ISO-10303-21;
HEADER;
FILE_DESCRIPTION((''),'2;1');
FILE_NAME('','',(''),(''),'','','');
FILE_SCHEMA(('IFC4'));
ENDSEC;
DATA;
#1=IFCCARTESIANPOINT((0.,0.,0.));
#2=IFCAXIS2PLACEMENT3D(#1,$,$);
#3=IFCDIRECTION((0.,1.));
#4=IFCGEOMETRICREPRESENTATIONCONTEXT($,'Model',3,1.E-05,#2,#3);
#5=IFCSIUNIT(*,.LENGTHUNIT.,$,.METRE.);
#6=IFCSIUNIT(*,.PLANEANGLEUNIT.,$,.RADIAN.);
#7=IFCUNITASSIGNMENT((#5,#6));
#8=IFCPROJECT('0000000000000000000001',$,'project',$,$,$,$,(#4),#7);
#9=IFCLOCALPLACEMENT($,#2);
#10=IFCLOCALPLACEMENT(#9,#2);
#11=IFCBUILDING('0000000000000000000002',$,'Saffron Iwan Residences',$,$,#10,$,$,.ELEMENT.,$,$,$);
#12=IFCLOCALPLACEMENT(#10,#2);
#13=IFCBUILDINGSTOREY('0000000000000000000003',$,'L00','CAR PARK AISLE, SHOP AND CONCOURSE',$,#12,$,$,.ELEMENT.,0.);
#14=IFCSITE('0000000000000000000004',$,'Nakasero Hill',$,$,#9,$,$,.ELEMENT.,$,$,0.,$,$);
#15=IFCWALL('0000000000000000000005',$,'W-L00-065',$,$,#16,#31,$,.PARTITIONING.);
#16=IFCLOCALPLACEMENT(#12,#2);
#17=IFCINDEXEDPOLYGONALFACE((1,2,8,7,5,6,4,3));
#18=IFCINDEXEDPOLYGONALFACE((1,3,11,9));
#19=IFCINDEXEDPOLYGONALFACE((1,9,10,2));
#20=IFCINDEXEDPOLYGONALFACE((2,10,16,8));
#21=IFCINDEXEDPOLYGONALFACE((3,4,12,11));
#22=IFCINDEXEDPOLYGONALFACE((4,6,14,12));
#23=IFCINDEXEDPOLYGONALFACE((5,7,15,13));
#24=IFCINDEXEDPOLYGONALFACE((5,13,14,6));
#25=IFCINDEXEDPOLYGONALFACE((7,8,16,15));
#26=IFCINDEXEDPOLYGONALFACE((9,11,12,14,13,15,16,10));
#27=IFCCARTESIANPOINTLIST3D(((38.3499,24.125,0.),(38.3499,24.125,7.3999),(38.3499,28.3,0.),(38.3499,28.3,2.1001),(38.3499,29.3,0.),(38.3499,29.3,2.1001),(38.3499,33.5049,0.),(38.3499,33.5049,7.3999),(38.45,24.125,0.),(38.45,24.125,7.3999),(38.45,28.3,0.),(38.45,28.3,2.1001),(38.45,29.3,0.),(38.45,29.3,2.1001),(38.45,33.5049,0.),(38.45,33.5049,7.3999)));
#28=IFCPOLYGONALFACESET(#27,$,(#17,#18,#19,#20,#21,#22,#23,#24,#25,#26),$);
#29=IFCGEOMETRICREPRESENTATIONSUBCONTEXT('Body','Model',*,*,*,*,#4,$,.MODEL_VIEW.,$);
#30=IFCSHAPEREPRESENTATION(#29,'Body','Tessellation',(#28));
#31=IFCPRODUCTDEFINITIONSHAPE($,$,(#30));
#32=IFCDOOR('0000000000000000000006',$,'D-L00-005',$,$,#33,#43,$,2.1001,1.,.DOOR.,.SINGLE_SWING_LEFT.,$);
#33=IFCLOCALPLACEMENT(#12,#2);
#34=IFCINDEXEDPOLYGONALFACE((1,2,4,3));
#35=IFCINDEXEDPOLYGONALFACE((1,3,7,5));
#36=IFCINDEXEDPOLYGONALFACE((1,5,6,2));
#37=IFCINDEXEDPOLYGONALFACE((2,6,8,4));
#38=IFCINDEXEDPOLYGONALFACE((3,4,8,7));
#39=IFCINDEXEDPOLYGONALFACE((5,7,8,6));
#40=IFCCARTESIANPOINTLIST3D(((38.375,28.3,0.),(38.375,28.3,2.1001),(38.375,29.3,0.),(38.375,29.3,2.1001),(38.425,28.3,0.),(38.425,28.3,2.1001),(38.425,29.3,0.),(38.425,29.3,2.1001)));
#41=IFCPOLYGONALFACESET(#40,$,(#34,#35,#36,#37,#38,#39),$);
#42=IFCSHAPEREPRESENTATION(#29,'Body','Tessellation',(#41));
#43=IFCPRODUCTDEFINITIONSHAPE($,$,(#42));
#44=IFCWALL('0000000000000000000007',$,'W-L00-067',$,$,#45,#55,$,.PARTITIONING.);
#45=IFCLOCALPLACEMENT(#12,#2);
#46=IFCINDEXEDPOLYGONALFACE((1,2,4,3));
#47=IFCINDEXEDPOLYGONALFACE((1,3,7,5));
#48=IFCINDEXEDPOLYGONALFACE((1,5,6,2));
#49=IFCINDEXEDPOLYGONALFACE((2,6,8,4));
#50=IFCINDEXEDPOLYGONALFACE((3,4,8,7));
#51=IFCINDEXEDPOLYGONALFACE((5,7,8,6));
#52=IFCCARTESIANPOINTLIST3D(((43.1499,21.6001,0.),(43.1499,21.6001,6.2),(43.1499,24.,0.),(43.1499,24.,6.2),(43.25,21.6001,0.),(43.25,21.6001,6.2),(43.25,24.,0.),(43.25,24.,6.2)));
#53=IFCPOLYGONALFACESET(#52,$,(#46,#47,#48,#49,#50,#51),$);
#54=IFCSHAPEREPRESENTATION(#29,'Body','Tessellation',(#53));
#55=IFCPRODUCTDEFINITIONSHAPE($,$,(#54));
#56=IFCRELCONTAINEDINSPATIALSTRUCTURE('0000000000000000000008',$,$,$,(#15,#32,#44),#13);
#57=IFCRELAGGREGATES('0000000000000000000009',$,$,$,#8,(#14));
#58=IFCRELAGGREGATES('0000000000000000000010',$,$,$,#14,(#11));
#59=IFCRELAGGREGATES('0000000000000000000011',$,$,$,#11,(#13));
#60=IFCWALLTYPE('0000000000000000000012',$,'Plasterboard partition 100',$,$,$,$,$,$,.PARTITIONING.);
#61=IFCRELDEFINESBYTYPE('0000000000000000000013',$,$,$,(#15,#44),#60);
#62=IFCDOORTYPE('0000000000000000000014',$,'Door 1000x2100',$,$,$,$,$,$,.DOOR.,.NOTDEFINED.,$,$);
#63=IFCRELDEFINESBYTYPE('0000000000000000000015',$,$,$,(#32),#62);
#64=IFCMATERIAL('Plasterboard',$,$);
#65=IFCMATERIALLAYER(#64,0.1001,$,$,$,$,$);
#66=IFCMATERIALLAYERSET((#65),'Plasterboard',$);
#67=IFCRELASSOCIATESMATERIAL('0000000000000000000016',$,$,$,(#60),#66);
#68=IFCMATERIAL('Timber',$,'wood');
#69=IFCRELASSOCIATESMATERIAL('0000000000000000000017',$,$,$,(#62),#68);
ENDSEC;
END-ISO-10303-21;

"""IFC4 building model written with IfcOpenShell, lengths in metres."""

from ifc_helpers import new_model, si_unit, direction, frame, frame_2d, origin, place, context, subcontext, project, spatial, rectangle, extrude, material, layer, layer_set, type_object, element, fill, save


model = new_model("IFC4")

# Units and contexts
model_context = context("Model", 3, precision=1e-05, world=origin(), true_north=direction((0.0, 1.0)))
body_context = subcontext(model_context, "Body", "Model", "MODEL_VIEW")
ifc_project = project(units=[si_unit("LENGTHUNIT", "METRE"), si_unit("PLANEANGLEUNIT", "RADIAN")], contexts=[model_context])

# Site, building, storey
site_placement = place(None, origin())
site = spatial("IfcSite", under=ifc_project, at=site_placement, Name="Nakasero Hill", CompositionType="ELEMENT", RefElevation=0.0)
building_placement = place(site_placement, origin())
building = spatial("IfcBuilding", under=site, at=building_placement, Name="Saffron Iwan Residences", CompositionType="ELEMENT")
storey_placement = place(building_placement, origin())
storey = spatial("IfcBuildingStorey", under=building, at=storey_placement, Name="L00", Description="CAR PARK AISLE, SHOP AND CONCOURSE", CompositionType="ELEMENT", Elevation=0.0)

# Shared definitions
ifc_material_1 = material(Name="Plasterboard")
ifc_layer_1 = layer(ifc_material_1, 0.1001)
ifc_layer_set_1 = layer_set([ifc_layer_1], Name="Plasterboard")
wall_type_1 = type_object("IfcWallType", Name="Plasterboard partition 100", PredefinedType="PARTITIONING", material=ifc_layer_set_1)
ifc_material_2 = material(Name="Timber", Category="wood")
door_type_1 = type_object("IfcDoorType", Name="Door 1000x2100", OperationType="NOTDEFINED", PredefinedType="DOOR", material=ifc_material_2)

# Wall, opening, door
wall_1_placement = place(storey_placement, frame((38.3999, 24.125, 0.0), z_axis=(0.0, 0.0, 1.0), x_axis=(0.0, 1.0, 0.0)))
wall_1 = element("IfcWall", 1, at=wall_1_placement, inside=storey, type_object=wall_type_1, Name="W-L00-065", PredefinedType="PARTITIONING", context=body_context, shape_type="SweptSolid", body=[
    extrude(rectangle(XDim=9.3799, YDim=0.1001, at=frame_2d((4.6899, 0.0))), origin(), (0.0, 0.0, 1.0), 7.3999),
])
opening_1_placement = place(wall_1_placement, frame((4.175, 0.0, 0.0)))
opening_1 = element("IfcOpeningElement", 2, at=opening_1_placement, cuts=wall_1, PredefinedType="OPENING", context=body_context, shape_type="SweptSolid", body=[
    extrude(rectangle(XDim=1.0, YDim=2.1001, at=frame_2d((0.5, 1.05))), frame((0.0, 0.0601, 0.0), z_axis=(0.0, -1.0, 0.0), x_axis=(1.0, 0.0, 0.0)), (0.0, 0.0, 1.0), 0.1201),
])
door_1_placement = place(opening_1_placement, origin())
door_1 = element("IfcDoor", 3, at=door_1_placement, inside=storey, type_object=door_type_1, Name="D-L00-005", OperationType="SINGLE_SWING_LEFT", OverallHeight=2.1001, OverallWidth=1.0, PredefinedType="DOOR", context=body_context, shape_type="SweptSolid", body=[
    extrude(rectangle(XDim=1.0, YDim=2.1001, at=frame_2d((0.5, 1.05))), frame((0.0, 0.0249, 0.0), z_axis=(0.0, -1.0, 0.0), x_axis=(1.0, 0.0, 0.0)), (0.0, 0.0, 1.0), 0.05),
])
fill(opening_1, door_1)

# Wall
wall_2_placement = place(storey_placement, frame((43.2, 21.6001, 0.0), z_axis=(0.0, 0.0, 1.0), x_axis=(0.0, 1.0, 0.0)))
element("IfcWall", 4, at=wall_2_placement, inside=storey, type_object=wall_type_1, Name="W-L00-067", PredefinedType="PARTITIONING", context=body_context, shape_type="SweptSolid", body=[
    extrude(rectangle(XDim=2.3999, YDim=0.1001, at=frame_2d((1.2, 0.0))), origin(), (0.0, 0.0, 1.0), 6.2),
])

save(model, "model.ifc")
